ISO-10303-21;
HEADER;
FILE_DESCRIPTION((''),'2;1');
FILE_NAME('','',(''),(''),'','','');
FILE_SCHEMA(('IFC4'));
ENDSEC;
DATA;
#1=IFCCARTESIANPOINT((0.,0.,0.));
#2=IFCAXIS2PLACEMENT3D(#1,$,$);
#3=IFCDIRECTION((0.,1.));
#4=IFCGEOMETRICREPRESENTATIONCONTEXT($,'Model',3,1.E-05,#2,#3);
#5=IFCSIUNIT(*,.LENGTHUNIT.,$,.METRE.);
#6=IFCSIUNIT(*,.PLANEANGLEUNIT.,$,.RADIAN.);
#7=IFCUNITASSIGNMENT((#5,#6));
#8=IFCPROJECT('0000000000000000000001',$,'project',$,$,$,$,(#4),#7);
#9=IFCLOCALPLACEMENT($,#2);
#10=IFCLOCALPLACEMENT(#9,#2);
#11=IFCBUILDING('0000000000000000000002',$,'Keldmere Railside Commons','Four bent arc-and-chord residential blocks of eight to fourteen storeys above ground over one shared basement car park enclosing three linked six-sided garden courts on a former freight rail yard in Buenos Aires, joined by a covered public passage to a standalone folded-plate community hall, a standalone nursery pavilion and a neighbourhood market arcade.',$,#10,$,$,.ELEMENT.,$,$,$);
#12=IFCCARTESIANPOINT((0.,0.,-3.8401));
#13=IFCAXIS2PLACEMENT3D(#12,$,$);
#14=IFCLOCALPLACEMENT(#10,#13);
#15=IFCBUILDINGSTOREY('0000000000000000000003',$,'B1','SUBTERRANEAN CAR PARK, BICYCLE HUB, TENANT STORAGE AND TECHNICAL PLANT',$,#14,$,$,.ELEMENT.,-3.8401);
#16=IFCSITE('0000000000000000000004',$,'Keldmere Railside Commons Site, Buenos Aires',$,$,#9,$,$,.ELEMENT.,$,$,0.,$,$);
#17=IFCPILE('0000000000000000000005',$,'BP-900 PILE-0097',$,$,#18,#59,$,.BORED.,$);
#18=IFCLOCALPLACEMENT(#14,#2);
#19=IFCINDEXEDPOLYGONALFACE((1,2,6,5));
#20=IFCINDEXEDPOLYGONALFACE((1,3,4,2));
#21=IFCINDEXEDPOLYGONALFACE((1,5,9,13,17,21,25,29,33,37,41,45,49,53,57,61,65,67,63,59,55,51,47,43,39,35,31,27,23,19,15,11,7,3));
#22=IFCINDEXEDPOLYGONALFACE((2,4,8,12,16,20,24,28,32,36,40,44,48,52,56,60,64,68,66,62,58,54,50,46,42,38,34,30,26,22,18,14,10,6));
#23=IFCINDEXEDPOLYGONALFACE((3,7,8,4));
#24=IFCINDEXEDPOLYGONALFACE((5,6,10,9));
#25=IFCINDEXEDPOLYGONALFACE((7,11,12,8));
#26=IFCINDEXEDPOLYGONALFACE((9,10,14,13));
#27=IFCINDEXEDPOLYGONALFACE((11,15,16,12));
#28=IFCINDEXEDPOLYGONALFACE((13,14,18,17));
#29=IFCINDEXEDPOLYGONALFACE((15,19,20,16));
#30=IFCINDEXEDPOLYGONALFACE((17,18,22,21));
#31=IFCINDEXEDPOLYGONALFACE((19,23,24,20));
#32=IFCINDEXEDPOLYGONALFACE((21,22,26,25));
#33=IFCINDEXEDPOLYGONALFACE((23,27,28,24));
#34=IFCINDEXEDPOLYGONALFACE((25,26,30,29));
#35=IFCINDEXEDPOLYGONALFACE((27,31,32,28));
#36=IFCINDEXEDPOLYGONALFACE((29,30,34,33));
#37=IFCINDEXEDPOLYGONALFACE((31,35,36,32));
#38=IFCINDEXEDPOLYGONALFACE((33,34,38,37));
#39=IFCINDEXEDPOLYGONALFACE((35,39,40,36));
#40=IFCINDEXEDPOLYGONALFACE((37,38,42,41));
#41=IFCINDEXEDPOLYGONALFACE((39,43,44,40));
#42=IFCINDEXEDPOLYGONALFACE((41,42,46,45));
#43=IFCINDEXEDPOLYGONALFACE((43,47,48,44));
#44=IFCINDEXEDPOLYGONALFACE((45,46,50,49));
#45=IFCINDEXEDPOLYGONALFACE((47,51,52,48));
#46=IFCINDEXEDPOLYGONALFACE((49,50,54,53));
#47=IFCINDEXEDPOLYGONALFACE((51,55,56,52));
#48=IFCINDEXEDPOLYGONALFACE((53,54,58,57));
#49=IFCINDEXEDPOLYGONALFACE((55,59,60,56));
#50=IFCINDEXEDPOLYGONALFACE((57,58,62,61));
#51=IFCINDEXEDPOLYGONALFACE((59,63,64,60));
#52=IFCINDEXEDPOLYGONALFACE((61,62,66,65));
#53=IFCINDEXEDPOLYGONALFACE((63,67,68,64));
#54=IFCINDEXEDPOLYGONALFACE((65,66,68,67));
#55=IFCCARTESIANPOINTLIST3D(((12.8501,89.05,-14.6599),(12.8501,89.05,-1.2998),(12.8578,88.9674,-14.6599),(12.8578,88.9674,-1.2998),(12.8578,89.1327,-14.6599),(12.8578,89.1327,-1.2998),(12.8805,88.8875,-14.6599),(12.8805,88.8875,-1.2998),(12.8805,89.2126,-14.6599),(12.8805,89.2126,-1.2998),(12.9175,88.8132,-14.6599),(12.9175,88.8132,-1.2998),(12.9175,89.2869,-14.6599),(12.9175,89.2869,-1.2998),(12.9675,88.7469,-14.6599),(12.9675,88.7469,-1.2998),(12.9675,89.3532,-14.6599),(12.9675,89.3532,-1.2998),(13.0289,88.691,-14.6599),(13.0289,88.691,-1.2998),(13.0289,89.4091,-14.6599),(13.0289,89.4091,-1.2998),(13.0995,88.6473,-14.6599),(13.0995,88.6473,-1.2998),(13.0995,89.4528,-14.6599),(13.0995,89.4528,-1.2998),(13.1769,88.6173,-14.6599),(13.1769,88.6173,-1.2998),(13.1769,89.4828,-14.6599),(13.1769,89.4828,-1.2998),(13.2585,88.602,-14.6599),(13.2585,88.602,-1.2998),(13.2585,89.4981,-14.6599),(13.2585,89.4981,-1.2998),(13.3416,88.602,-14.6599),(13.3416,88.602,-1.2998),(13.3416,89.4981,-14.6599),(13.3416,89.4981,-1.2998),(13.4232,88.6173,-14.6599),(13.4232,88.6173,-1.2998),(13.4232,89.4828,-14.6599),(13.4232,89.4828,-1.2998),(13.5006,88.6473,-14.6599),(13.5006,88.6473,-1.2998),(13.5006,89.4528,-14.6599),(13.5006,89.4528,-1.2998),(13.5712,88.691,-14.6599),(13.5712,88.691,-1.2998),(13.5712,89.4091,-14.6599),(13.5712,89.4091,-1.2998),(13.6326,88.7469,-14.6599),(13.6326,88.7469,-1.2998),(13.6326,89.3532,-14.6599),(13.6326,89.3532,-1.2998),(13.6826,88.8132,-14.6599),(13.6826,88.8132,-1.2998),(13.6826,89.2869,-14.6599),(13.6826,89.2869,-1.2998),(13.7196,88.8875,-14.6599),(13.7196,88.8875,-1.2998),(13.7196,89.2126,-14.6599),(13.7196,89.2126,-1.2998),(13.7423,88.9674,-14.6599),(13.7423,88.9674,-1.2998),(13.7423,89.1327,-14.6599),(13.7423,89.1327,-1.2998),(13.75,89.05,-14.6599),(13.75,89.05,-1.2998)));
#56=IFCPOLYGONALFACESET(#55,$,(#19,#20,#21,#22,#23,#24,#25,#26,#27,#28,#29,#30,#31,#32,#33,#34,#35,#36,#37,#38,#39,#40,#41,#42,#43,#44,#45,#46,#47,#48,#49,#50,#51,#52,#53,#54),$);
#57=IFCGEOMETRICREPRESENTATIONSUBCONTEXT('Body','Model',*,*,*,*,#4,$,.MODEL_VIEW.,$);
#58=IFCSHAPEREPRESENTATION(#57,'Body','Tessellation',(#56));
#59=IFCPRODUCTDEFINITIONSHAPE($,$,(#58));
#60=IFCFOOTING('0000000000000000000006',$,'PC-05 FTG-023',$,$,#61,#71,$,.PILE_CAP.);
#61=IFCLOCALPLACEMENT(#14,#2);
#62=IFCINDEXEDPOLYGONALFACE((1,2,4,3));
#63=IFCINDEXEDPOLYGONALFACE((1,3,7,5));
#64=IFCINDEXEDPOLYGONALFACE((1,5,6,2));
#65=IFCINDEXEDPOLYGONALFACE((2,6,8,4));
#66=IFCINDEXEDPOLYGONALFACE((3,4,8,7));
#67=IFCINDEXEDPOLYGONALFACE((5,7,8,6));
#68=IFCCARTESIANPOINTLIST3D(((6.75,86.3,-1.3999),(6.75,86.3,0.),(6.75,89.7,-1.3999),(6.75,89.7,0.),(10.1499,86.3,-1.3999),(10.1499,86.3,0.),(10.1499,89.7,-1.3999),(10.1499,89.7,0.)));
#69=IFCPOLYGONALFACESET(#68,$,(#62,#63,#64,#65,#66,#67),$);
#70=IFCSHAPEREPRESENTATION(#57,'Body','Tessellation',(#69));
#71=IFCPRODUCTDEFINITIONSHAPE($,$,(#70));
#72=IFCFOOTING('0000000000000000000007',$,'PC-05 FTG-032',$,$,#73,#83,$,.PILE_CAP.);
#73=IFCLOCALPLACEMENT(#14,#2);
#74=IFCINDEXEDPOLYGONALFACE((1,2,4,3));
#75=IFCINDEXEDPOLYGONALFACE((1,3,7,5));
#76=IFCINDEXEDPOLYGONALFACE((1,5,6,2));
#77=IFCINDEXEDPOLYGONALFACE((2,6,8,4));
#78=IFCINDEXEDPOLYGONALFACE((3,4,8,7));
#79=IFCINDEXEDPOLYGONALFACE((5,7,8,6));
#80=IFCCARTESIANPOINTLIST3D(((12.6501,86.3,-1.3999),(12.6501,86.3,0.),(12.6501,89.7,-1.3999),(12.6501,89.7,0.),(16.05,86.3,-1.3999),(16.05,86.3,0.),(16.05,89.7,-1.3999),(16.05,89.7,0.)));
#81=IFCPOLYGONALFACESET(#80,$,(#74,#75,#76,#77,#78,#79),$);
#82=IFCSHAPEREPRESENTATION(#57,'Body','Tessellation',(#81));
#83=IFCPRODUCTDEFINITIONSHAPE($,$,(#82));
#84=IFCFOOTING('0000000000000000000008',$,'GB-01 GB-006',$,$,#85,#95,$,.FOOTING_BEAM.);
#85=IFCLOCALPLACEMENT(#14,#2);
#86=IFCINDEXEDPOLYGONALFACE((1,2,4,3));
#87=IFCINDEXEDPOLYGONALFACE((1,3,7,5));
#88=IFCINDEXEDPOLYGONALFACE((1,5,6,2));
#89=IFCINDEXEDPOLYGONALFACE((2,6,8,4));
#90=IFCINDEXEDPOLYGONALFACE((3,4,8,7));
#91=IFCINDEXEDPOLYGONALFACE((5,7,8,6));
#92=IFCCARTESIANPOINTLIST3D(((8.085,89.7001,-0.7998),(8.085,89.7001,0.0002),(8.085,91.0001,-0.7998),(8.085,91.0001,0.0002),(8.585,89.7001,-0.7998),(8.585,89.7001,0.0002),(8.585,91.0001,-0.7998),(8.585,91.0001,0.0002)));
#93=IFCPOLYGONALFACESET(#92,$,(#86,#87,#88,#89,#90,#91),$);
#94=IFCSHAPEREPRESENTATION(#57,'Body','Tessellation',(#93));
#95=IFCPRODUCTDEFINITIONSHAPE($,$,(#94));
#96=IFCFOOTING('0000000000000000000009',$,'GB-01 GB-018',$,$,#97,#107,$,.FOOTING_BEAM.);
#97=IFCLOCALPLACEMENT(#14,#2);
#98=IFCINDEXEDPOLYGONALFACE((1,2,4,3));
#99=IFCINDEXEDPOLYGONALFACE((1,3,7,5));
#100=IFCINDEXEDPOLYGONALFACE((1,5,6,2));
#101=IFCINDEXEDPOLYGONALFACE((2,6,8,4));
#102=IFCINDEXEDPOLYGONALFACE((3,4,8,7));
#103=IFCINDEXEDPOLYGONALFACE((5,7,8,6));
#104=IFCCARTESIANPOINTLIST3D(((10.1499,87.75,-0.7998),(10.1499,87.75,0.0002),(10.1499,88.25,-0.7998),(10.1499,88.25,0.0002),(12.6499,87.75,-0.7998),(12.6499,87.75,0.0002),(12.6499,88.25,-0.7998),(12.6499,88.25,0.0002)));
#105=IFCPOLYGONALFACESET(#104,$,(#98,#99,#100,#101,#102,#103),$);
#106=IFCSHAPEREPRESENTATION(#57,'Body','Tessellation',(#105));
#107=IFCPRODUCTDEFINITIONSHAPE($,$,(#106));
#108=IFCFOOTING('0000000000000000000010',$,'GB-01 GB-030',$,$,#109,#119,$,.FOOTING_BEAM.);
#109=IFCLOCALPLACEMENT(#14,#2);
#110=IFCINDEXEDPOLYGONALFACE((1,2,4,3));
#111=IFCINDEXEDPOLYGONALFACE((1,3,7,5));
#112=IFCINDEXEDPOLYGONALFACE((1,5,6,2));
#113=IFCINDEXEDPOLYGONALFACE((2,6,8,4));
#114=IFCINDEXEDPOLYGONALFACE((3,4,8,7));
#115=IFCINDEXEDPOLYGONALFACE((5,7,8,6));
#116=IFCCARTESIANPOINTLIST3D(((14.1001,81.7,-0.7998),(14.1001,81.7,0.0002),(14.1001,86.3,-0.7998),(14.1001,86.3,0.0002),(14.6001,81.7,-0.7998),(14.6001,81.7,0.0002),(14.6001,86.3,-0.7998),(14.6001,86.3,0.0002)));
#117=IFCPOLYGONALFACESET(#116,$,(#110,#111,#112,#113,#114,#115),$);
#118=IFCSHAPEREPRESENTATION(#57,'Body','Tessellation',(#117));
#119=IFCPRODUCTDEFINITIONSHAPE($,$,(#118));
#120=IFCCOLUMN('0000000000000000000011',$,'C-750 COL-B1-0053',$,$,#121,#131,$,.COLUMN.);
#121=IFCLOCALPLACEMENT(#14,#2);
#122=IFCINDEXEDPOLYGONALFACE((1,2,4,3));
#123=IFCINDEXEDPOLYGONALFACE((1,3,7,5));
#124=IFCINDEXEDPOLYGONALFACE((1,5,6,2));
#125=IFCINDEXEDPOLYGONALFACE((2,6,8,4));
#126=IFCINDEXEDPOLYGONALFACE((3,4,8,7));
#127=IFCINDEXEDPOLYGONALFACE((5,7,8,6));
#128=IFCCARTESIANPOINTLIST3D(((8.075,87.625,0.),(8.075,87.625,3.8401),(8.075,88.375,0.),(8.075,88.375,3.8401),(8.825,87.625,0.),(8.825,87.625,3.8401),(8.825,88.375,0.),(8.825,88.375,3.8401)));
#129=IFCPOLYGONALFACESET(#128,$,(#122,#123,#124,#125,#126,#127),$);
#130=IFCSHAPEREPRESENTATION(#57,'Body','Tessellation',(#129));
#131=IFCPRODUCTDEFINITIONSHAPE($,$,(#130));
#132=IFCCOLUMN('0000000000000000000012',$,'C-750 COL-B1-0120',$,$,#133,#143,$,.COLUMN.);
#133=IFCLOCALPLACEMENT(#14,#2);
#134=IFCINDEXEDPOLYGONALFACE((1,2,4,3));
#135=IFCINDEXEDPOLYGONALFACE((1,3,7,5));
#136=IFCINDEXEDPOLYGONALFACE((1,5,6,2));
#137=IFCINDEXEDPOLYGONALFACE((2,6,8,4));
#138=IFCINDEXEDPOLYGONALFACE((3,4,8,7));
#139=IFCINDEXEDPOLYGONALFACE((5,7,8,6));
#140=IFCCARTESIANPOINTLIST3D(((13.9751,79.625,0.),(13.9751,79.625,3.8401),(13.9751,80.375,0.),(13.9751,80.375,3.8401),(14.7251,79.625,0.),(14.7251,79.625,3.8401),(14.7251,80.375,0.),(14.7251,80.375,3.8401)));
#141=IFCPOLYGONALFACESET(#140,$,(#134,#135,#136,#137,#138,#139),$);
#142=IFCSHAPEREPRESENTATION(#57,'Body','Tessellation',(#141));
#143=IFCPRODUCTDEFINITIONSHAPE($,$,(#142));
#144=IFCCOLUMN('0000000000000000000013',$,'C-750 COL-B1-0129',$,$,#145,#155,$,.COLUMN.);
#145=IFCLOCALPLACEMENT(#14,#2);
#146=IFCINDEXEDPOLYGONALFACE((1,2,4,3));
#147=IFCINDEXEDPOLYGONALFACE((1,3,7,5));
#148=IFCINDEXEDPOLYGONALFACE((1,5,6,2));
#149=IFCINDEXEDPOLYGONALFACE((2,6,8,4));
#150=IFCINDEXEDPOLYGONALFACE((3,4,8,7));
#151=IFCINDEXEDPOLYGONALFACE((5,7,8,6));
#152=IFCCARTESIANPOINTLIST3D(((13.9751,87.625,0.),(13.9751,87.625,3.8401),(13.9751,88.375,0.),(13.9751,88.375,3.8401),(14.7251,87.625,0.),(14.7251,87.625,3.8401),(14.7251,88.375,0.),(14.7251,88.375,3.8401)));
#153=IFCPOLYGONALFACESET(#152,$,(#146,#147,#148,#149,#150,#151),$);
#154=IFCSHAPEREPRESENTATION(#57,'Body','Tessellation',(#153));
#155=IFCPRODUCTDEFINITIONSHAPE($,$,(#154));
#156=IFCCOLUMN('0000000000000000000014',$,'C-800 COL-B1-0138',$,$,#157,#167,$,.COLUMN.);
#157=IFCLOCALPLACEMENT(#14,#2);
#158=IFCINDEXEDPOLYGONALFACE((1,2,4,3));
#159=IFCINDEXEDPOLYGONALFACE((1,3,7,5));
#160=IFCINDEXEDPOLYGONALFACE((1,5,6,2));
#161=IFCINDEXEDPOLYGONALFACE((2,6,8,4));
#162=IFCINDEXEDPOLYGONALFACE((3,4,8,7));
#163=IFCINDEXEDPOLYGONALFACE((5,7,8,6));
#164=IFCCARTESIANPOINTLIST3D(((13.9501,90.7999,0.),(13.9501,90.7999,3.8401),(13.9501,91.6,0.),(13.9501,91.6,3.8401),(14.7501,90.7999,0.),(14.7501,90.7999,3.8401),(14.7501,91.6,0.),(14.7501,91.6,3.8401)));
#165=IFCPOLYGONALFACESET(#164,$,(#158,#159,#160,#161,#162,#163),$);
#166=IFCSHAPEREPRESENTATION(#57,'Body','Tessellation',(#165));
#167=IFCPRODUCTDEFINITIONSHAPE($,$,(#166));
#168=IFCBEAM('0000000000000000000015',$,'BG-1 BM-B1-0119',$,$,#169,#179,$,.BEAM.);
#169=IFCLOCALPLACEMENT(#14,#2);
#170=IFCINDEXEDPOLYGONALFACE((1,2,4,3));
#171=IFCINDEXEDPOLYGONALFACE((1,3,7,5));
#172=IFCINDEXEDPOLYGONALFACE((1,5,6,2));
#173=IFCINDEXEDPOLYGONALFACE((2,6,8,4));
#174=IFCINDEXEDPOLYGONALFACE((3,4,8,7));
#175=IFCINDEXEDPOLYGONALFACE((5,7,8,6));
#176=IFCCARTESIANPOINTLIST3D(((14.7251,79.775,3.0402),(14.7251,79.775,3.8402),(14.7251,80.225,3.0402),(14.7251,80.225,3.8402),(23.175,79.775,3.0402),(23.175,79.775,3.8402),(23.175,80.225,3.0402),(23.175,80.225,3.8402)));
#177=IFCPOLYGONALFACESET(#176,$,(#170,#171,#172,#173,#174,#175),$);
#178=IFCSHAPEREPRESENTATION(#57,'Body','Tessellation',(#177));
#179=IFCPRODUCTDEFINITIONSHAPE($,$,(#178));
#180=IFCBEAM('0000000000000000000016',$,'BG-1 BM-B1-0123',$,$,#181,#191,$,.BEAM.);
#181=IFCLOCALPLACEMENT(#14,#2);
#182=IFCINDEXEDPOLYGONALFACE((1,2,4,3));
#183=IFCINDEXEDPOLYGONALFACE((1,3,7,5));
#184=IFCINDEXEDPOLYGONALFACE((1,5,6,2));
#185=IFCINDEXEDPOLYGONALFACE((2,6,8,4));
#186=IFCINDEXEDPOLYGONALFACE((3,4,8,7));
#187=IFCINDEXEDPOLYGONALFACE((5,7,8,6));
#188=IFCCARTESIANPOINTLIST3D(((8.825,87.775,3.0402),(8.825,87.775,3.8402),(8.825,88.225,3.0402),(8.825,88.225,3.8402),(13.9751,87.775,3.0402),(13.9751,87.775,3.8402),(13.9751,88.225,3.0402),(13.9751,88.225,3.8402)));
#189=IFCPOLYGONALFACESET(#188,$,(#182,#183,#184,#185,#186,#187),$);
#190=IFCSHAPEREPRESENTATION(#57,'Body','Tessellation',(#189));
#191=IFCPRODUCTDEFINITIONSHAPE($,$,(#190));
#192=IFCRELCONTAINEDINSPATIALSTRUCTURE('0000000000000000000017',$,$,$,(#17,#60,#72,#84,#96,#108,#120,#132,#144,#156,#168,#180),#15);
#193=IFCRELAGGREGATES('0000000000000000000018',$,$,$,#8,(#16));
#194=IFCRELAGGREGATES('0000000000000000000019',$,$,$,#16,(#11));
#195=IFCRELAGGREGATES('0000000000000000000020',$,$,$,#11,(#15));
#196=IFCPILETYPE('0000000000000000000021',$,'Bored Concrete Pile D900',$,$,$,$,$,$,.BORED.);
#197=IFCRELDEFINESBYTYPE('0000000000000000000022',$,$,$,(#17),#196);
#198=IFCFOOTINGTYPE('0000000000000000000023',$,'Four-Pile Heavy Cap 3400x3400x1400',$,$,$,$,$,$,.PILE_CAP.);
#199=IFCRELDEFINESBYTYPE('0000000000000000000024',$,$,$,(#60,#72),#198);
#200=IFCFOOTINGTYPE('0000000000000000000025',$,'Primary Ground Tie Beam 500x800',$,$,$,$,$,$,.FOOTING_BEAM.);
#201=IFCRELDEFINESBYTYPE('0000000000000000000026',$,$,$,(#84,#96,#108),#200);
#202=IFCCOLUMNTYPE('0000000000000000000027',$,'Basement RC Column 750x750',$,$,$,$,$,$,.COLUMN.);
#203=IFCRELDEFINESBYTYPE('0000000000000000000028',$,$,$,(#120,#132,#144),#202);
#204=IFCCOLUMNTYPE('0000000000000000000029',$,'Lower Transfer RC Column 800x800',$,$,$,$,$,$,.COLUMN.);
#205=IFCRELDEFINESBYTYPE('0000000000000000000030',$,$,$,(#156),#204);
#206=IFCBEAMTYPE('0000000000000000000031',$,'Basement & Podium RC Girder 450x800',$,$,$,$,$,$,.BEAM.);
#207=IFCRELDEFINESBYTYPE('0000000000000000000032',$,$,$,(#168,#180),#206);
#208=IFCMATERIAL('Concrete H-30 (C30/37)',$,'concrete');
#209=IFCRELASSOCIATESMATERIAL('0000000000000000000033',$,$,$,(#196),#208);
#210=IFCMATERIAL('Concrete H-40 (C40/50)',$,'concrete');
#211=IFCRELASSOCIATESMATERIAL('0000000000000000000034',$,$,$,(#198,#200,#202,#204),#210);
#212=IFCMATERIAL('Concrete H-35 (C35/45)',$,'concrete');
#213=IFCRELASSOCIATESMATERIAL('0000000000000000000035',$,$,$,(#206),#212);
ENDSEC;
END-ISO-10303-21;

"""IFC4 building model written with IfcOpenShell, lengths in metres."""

from ifc_helpers import new_model, si_unit, direction, frame, origin, origin_2d, place, context, subcontext, project, spatial, rectangle, circle, extrude, material, material_profile, profile_set, type_object, element, save


model = new_model("IFC4")

# Units and contexts
model_context = context("Model", 3, precision=1e-05, world=origin(), true_north=direction((0.0, 1.0)))
body_context = subcontext(model_context, "Body", "Model", "MODEL_VIEW")
ifc_project = project(units=[si_unit("LENGTHUNIT", "METRE"), si_unit("PLANEANGLEUNIT", "RADIAN")], contexts=[model_context])

# Site, building, storey
site_placement = place(None, origin())
site = spatial("IfcSite", under=ifc_project, at=site_placement, Name="Keldmere Railside Commons Site, Buenos Aires", CompositionType="ELEMENT", RefElevation=0.0)
building_placement = place(site_placement, origin())
building = spatial("IfcBuilding", under=site, at=building_placement, Name="Keldmere Railside Commons", Description="Four bent arc-and-chord residential blocks of eight to fourteen storeys above ground over one shared basement car park enclosing three linked six-sided garden courts on a former freight rail yard in Buenos Aires, joined by a covered public passage to a standalone folded-plate community hall, a standalone nursery pavilion and a neighbourhood market arcade.", CompositionType="ELEMENT")
storey_placement = place(building_placement, frame((0.0, 0.0, -3.8401)))
storey = spatial("IfcBuildingStorey", under=building, at=storey_placement, Name="B1", Description="SUBTERRANEAN CAR PARK, BICYCLE HUB, TENANT STORAGE AND TECHNICAL PLANT", CompositionType="ELEMENT", Elevation=-3.8401)

# Pile
ifc_material_1 = material(Name="Concrete H-30 (C30/37)", Category="concrete")
ifc_material_profile_1 = material_profile(ifc_material_1, circle(Radius=0.45, at=origin_2d()), Name="PILE-D900")
ifc_profile_set_1 = profile_set([ifc_material_profile_1], Name="Concrete H-30 (C30/37)")
pile_type = type_object("IfcPileType", Name="Bored Concrete Pile D900", PredefinedType="BORED", material=ifc_profile_set_1)
for number, where, z_axis, x_axis, name in (
    (1, (13.3, 89.05, -1.2998), (0.0, 0.0, -1.0), (1.0, 0.0, 0.0), "BP-900 PILE-0097"),
):
    element("IfcPile", number, at=place(storey_placement, frame(where, z_axis=z_axis, x_axis=x_axis)), inside=storey, type_object=pile_type, Name=name, PredefinedType="BORED", context=body_context, shape_type="SweptSolid", body=[
        extrude(circle(Radius=0.45, at=origin_2d()), origin(), (0.0, 0.0, 1.0), 13.3601),
    ])

# Footings
ifc_material_2 = material(Name="Concrete H-40 (C40/50)", Category="concrete")
footing_type_1 = type_object("IfcFootingType", Name="Four-Pile Heavy Cap 3400x3400x1400", PredefinedType="PILE_CAP", material=ifc_material_2)
for number, where, z_axis, x_axis, name in (
    (2, (8.45, 88.0, -1.3999), (0.0, 0.0, 1.0), (1.0, 0.0, 0.0), "PC-05 FTG-023"),
    (3, (14.3501, 88.0, -1.3999), (0.0, 0.0, 1.0), (1.0, 0.0, 0.0), "PC-05 FTG-032"),
):
    element("IfcFooting", number, at=place(storey_placement, frame(where, z_axis=z_axis, x_axis=x_axis)), inside=storey, type_object=footing_type_1, Name=name, PredefinedType="PILE_CAP", context=body_context, shape_type="SweptSolid", body=[
        extrude(rectangle(XDim=3.3999, YDim=3.3999, at=origin_2d()), origin(), (0.0, 0.0, 1.0), 1.3999),
    ])
footing_type_2 = type_object("IfcFootingType", Name="Primary Ground Tie Beam 500x800", PredefinedType="FOOTING_BEAM", material=ifc_material_2)
footing_1_placement = place(storey_placement, frame((8.335, 90.3501, -0.7998), z_axis=(0.0, 0.0, 1.0), x_axis=(0.0, 1.0, 0.0)))
element("IfcFooting", 4, at=footing_1_placement, inside=storey, type_object=footing_type_2, Name="GB-01 GB-006", PredefinedType="FOOTING_BEAM", context=body_context, shape_type="SweptSolid", body=[
    extrude(rectangle(XDim=1.3, YDim=0.5, at=origin_2d()), origin(), (0.0, 0.0, 1.0), 0.8),
])
footing_2_placement = place(storey_placement, frame((11.3999, 88.0, -0.7998), z_axis=(0.0, 0.0, 1.0), x_axis=(1.0, 0.0, 0.0)))
element("IfcFooting", 5, at=footing_2_placement, inside=storey, type_object=footing_type_2, Name="GB-01 GB-018", PredefinedType="FOOTING_BEAM", context=body_context, shape_type="SweptSolid", body=[
    extrude(rectangle(XDim=2.5, YDim=0.5, at=origin_2d()), origin(), (0.0, 0.0, 1.0), 0.8),
])
footing_3_placement = place(storey_placement, frame((14.3501, 84.0, -0.7998), z_axis=(0.0, 0.0, 1.0), x_axis=(0.0, 1.0, 0.0)))
element("IfcFooting", 6, at=footing_3_placement, inside=storey, type_object=footing_type_2, Name="GB-01 GB-030", PredefinedType="FOOTING_BEAM", context=body_context, shape_type="SweptSolid", body=[
    extrude(rectangle(XDim=4.6001, YDim=0.5, at=origin_2d()), origin(), (0.0, 0.0, 1.0), 0.8),
])

# Columns
ifc_material_profile_2 = material_profile(ifc_material_2, rectangle(XDim=0.75, YDim=0.75, at=origin_2d()), Name="RC-750x750")
ifc_profile_set_2 = profile_set([ifc_material_profile_2], Name="Concrete H-40 (C40/50)")
column_type_1 = type_object("IfcColumnType", Name="Basement RC Column 750x750", PredefinedType="COLUMN", material=ifc_profile_set_2)
for number, where, z_axis, x_axis, name in (
    (7, (8.45, 88.0, 0.0), (0.0, 0.0, 1.0), (1.0, 0.0, 0.0), "C-750 COL-B1-0053"),
    (8, (14.3501, 80.0, 0.0), (0.0, 0.0, 1.0), (1.0, 0.0, 0.0), "C-750 COL-B1-0120"),
    (9, (14.3501, 88.0, 0.0), (0.0, 0.0, 1.0), (1.0, 0.0, 0.0), "C-750 COL-B1-0129"),
):
    element("IfcColumn", number, at=place(storey_placement, frame(where, z_axis=z_axis, x_axis=x_axis)), inside=storey, type_object=column_type_1, Name=name, PredefinedType="COLUMN", context=body_context, shape_type="SweptSolid", body=[
        extrude(rectangle(XDim=0.75, YDim=0.75, at=origin_2d()), origin(), (0.0, 0.0, 1.0), 3.8401),
    ])
ifc_material_profile_3 = material_profile(ifc_material_2, rectangle(XDim=0.8, YDim=0.8, at=origin_2d()), Name="RC-800x800")
ifc_profile_set_3 = profile_set([ifc_material_profile_3], Name="Concrete H-40 (C40/50)")
column_type_2 = type_object("IfcColumnType", Name="Lower Transfer RC Column 800x800", PredefinedType="COLUMN", material=ifc_profile_set_3)
column_placement = place(storey_placement, frame((14.3501, 91.2, 0.0), z_axis=(0.0, 0.0, 1.0), x_axis=(1.0, 0.0, 0.0)))
element("IfcColumn", 10, at=column_placement, inside=storey, type_object=column_type_2, Name="C-800 COL-B1-0138", PredefinedType="COLUMN", context=body_context, shape_type="SweptSolid", body=[
    extrude(rectangle(XDim=0.8, YDim=0.8, at=origin_2d()), origin(), (0.0, 0.0, 1.0), 3.8401),
])

# Beams
ifc_material_3 = material(Name="Concrete H-35 (C35/45)", Category="concrete")
ifc_material_profile_4 = material_profile(ifc_material_3, rectangle(XDim=0.45, YDim=0.8, at=origin_2d()), Name="RC-450x800")
ifc_profile_set_4 = profile_set([ifc_material_profile_4], Name="Concrete H-35 (C35/45)")
beam_type_1 = type_object("IfcBeamType", Name="Basement & Podium RC Girder 450x800", PredefinedType="BEAM", material=ifc_profile_set_4)
beam_1_placement = place(storey_placement, frame((14.7251, 80.0, 3.4402), z_axis=(1.0, 0.0, 0.0), x_axis=(0.0, 1.0, 0.0)))
element("IfcBeam", 11, at=beam_1_placement, inside=storey, type_object=beam_type_1, Name="BG-1 BM-B1-0119", PredefinedType="BEAM", context=body_context, shape_type="SweptSolid", body=[
    extrude(rectangle(XDim=0.45, YDim=0.8, at=origin_2d()), origin(), (0.0, 0.0, 1.0), 8.45),
])
beam_2_placement = place(storey_placement, frame((8.825, 88.0, 3.4402), z_axis=(1.0, 0.0, 0.0), x_axis=(0.0, 1.0, 0.0)))
element("IfcBeam", 12, at=beam_2_placement, inside=storey, type_object=beam_type_1, Name="BG-1 BM-B1-0123", PredefinedType="BEAM", context=body_context, shape_type="SweptSolid", body=[
    extrude(rectangle(XDim=0.45, YDim=0.8, at=origin_2d()), origin(), (0.0, 0.0, 1.0), 5.1501),
])

save(model, "model.ifc")
